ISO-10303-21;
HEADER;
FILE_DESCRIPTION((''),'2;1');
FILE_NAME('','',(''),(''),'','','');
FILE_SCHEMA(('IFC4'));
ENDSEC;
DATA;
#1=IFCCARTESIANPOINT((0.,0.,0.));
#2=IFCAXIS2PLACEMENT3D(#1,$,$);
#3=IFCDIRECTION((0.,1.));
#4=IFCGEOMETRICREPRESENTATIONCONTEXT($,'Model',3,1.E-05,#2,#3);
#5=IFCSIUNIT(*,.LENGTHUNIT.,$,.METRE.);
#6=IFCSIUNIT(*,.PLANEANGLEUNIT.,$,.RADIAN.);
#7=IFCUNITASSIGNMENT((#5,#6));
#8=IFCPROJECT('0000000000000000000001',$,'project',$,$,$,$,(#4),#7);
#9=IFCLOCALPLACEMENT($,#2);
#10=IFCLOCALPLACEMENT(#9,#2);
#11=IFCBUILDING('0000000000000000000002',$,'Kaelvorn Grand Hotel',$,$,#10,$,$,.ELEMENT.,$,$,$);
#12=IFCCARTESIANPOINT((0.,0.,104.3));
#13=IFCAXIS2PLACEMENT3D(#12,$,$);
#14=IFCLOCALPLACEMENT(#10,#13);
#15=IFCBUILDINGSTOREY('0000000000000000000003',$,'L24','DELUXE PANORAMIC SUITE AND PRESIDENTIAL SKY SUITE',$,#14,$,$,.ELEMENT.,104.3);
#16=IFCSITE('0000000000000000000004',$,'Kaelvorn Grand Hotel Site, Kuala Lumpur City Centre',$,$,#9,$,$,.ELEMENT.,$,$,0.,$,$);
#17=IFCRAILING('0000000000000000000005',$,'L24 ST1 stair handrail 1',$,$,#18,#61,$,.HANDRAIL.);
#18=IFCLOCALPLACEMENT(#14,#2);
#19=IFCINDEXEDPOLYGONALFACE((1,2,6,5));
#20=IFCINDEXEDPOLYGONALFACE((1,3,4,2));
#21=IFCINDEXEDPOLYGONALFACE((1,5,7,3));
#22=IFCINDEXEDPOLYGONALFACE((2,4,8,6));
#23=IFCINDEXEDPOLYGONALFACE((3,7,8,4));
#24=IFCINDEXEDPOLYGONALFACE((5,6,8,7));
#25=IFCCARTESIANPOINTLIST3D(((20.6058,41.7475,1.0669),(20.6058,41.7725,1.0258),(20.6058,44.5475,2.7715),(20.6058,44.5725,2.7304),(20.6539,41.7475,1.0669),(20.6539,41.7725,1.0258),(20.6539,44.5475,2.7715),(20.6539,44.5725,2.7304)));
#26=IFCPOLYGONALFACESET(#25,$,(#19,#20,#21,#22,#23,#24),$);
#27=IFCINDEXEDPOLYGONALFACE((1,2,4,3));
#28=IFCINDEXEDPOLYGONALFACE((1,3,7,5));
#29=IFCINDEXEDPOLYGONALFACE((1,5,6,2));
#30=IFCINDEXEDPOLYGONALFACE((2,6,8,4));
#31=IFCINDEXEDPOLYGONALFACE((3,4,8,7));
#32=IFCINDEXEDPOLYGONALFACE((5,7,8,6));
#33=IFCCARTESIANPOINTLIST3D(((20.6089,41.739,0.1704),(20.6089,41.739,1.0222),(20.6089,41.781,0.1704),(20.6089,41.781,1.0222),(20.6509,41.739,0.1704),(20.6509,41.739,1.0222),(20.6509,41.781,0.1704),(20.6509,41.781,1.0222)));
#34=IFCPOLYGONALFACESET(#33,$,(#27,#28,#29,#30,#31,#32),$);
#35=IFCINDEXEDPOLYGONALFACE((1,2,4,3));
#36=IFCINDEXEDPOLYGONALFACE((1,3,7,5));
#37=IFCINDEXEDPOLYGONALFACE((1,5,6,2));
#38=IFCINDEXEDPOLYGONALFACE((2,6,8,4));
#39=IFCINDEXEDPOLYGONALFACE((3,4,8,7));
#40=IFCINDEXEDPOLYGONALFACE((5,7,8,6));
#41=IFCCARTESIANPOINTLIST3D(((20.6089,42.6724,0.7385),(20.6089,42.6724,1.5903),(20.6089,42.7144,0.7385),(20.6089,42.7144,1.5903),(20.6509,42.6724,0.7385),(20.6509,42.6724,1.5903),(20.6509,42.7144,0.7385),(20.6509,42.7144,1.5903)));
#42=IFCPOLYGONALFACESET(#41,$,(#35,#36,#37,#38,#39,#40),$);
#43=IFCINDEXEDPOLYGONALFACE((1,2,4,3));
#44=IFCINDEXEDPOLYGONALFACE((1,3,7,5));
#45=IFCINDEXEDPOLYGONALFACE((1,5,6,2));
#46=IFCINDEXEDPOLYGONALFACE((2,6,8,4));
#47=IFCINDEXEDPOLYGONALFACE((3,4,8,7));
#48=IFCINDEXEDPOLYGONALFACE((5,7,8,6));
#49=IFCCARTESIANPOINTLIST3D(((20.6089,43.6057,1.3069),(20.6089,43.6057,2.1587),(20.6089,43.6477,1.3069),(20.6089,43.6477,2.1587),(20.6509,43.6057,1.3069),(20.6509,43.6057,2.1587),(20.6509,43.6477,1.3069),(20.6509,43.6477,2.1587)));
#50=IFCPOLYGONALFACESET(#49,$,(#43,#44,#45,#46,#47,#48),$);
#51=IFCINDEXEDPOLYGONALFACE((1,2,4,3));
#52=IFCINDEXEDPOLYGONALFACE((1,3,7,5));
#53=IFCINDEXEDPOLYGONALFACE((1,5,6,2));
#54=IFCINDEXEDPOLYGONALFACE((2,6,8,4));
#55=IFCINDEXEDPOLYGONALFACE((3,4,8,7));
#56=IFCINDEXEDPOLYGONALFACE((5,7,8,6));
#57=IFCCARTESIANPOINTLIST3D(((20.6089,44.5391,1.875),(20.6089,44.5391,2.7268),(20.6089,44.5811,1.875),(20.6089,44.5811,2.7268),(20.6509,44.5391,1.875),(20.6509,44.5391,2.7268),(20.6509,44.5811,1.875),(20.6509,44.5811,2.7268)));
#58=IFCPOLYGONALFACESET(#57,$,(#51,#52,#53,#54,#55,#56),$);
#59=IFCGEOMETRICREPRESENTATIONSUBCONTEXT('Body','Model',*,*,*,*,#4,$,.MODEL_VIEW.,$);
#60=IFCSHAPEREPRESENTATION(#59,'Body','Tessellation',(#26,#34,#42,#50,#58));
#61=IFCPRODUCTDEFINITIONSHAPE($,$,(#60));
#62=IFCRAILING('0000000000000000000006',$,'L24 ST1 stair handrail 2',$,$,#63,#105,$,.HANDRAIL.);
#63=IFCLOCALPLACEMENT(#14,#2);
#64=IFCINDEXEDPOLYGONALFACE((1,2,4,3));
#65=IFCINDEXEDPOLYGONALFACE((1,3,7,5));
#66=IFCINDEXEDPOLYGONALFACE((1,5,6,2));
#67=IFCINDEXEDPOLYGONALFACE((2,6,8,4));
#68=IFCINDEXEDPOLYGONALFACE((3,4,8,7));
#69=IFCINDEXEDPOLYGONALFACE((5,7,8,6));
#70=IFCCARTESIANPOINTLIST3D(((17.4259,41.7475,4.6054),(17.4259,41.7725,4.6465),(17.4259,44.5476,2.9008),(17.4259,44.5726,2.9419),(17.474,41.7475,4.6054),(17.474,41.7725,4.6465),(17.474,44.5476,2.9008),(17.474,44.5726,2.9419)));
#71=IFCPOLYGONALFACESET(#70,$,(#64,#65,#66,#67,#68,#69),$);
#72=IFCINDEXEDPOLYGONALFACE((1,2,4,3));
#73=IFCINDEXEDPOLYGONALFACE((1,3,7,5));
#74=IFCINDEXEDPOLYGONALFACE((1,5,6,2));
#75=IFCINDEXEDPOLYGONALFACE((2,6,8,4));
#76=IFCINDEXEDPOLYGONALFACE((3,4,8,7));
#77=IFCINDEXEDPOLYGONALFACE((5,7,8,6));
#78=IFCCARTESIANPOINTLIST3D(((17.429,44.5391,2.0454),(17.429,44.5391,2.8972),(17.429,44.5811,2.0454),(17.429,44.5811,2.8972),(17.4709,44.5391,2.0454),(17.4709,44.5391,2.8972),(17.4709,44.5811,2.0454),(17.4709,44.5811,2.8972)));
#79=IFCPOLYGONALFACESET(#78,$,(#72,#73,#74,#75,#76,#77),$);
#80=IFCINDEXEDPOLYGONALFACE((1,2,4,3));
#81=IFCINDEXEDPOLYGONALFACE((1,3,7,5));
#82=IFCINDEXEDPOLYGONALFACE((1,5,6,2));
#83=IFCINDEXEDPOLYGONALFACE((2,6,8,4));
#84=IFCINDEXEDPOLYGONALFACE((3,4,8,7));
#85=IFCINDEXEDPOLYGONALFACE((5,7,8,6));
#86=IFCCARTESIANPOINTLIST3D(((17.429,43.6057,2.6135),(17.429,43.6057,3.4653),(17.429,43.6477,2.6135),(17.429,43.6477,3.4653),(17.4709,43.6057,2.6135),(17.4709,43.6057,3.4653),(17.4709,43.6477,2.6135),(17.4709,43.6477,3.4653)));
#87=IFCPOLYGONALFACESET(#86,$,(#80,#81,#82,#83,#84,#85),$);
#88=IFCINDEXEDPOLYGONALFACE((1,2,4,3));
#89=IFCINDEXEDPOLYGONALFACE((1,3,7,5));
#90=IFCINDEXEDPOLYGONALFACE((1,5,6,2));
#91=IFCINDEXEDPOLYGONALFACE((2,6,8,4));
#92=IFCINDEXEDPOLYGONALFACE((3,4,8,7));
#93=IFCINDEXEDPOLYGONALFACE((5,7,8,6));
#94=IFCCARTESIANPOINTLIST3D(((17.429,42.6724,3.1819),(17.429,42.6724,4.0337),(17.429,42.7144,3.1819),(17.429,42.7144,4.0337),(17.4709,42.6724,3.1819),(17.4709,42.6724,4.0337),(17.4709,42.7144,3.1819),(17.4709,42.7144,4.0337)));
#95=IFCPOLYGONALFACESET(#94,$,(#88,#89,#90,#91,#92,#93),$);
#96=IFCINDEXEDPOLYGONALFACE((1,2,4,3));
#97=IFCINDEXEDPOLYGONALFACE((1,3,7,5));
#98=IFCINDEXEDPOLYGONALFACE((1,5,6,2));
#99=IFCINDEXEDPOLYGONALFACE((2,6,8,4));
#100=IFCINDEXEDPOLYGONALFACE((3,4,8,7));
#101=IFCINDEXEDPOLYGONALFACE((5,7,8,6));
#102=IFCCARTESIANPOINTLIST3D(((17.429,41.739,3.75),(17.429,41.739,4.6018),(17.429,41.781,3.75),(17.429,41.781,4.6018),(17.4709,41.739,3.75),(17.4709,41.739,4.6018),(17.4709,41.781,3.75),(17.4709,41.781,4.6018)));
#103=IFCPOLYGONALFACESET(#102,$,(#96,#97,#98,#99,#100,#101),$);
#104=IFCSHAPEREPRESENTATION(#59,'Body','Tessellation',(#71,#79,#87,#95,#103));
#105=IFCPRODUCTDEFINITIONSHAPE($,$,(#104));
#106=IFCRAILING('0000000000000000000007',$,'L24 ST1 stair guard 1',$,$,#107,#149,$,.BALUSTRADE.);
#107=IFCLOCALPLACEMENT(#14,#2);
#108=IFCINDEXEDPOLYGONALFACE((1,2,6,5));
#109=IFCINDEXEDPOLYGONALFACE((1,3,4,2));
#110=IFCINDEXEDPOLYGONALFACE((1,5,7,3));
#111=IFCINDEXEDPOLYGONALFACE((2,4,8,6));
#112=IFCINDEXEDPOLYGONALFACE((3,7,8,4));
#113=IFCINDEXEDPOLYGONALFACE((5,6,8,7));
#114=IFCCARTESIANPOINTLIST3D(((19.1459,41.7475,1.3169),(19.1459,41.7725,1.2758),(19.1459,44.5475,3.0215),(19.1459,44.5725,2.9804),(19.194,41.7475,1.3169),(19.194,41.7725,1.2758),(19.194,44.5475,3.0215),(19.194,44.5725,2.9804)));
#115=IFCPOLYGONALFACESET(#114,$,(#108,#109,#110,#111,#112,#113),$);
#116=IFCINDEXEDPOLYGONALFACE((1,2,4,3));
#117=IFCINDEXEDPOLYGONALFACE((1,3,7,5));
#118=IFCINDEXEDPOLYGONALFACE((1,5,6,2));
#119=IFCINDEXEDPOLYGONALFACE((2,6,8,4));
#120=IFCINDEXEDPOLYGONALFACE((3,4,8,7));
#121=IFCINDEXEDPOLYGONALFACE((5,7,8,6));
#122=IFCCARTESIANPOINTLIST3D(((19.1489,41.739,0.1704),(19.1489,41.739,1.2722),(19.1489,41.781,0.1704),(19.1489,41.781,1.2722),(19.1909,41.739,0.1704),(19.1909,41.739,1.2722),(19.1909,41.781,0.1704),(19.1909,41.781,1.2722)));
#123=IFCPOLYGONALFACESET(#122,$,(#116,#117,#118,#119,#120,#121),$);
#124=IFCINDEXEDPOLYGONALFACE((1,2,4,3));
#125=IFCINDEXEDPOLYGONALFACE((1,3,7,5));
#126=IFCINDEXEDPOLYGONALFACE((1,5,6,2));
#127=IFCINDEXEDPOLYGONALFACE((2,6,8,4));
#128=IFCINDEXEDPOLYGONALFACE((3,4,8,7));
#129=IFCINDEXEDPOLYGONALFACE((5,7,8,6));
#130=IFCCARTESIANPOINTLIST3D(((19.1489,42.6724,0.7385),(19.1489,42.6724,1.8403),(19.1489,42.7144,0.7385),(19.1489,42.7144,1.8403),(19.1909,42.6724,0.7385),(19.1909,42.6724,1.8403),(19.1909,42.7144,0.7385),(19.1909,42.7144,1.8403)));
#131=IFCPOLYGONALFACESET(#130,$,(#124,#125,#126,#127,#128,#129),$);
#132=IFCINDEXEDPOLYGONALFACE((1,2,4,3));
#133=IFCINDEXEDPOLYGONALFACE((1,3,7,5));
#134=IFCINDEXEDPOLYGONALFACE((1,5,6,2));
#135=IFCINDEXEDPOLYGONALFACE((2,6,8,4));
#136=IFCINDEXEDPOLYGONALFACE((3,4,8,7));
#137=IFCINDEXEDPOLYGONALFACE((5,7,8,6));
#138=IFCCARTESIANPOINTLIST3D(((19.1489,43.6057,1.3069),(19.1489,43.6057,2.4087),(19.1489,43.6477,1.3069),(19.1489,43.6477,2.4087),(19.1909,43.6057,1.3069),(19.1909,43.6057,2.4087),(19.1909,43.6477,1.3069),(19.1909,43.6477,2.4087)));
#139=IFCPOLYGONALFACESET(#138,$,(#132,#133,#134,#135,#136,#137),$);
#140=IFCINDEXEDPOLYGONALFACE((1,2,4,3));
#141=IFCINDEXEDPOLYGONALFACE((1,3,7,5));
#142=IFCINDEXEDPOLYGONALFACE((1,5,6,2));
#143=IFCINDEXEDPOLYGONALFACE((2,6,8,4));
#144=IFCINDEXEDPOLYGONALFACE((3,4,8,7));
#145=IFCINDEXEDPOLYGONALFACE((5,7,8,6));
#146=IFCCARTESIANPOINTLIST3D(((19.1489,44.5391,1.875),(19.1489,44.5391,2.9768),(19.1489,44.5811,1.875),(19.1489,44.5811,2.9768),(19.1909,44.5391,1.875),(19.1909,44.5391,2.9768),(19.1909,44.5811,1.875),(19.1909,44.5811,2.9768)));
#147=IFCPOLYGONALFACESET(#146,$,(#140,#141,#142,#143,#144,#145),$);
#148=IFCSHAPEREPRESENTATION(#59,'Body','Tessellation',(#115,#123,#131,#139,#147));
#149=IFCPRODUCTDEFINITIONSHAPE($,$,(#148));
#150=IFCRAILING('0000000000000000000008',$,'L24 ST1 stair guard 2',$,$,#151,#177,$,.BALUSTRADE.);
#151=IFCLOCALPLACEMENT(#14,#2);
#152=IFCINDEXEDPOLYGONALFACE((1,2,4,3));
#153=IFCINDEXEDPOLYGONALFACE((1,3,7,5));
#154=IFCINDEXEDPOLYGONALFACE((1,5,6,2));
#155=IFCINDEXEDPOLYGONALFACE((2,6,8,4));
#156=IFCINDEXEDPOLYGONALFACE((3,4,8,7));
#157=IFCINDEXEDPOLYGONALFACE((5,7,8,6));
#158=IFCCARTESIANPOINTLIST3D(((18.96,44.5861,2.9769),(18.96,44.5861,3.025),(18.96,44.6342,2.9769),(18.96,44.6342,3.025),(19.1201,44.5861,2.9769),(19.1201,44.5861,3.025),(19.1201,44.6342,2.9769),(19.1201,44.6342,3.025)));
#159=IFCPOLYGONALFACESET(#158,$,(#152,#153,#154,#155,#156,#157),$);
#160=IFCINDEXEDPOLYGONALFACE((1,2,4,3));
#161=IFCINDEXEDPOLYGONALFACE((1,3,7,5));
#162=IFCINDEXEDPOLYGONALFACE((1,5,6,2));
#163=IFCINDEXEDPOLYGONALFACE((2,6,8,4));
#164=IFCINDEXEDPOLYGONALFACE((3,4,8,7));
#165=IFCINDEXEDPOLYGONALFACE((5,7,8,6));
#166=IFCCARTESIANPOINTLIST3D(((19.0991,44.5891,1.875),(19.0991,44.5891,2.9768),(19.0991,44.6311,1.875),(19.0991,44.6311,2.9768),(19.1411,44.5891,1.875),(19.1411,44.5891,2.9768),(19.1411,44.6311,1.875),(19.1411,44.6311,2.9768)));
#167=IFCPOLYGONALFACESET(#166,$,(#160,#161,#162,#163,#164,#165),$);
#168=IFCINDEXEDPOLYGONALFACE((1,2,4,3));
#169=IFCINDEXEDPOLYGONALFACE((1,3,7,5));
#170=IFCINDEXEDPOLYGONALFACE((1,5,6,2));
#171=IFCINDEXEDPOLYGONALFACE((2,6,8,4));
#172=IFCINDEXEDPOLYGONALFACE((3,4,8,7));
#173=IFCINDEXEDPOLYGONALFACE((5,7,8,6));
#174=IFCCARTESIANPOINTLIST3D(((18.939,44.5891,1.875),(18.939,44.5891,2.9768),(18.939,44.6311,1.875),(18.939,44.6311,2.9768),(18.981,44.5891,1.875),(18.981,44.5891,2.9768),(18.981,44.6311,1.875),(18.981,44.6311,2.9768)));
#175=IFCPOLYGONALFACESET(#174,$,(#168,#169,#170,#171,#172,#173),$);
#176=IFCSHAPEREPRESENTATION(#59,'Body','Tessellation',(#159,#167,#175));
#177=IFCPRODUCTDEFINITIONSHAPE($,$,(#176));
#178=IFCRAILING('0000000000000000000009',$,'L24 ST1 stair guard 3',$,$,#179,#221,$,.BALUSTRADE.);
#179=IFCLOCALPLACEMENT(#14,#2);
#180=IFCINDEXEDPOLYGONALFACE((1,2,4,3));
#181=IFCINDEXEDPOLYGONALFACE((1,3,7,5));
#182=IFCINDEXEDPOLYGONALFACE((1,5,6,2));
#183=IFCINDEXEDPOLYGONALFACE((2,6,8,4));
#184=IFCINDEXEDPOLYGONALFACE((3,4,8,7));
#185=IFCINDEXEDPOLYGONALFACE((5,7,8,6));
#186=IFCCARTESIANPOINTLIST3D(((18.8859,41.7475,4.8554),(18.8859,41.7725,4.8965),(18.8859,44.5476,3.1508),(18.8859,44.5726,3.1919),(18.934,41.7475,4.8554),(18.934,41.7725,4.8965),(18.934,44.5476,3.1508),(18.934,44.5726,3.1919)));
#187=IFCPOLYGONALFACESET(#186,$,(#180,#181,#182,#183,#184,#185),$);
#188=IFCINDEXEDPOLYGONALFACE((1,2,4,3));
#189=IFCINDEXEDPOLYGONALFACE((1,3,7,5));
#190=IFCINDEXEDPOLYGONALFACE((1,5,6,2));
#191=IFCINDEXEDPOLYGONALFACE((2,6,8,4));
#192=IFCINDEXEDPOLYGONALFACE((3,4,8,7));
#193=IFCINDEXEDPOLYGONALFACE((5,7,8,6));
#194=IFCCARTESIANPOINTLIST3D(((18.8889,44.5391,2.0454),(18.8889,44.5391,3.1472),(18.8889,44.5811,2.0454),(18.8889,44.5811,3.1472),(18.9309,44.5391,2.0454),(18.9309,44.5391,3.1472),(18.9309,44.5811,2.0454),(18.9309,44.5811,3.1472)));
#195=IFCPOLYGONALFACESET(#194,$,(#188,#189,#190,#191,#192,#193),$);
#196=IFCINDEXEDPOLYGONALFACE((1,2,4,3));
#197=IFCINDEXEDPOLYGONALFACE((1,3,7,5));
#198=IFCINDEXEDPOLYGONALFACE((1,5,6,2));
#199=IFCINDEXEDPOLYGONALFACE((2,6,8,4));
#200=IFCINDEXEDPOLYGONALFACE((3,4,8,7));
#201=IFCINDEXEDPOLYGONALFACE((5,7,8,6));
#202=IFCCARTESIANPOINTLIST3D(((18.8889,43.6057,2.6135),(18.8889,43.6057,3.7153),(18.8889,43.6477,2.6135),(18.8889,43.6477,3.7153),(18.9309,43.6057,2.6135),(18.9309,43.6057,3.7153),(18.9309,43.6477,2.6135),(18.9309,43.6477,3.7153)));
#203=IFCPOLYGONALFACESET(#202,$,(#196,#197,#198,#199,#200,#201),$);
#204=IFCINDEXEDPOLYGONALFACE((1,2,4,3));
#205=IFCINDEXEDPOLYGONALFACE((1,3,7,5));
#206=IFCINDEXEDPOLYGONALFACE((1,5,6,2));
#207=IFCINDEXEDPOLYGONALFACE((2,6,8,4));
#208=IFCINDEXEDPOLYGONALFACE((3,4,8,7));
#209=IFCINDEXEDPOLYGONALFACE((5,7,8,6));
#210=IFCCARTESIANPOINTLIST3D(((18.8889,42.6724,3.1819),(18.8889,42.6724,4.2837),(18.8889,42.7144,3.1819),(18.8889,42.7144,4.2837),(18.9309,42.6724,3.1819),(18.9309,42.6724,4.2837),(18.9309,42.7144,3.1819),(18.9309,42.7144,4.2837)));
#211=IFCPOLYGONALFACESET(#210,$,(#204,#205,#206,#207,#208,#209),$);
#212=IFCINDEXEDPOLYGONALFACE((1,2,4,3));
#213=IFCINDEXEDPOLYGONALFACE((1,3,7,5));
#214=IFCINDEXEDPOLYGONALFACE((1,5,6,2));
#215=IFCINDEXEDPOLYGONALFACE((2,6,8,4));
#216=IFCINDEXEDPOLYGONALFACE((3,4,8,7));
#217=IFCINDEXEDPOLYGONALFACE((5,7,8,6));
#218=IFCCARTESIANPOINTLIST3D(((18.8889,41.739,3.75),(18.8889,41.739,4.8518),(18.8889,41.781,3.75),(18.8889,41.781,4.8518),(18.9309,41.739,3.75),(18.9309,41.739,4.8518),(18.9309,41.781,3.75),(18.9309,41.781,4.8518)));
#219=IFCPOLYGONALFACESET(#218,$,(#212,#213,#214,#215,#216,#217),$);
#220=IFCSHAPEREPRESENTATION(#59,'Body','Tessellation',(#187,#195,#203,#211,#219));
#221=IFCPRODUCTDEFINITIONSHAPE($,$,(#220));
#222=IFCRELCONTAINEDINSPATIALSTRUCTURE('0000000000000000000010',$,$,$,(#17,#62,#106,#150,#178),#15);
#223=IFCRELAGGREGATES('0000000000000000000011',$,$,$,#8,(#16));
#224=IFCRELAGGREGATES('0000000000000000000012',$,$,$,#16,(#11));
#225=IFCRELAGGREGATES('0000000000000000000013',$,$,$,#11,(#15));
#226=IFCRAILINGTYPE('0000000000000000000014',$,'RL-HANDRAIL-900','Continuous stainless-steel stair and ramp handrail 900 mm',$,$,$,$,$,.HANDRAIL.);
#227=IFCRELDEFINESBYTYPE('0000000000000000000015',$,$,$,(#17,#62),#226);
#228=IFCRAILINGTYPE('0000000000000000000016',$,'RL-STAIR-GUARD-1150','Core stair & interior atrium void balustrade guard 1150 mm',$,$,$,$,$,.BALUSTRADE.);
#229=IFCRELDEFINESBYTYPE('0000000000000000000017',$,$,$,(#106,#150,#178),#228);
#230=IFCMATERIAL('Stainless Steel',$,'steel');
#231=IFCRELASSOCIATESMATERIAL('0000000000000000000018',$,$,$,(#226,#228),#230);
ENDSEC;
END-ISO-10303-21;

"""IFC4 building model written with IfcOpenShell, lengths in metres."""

from ifc_helpers import new_model, si_unit, direction, frame, origin, origin_2d, place, context, subcontext, project, spatial, rectangle, extrude, material, type_object, element, save


model = new_model("IFC4")

# Units and contexts
model_context = context("Model", 3, precision=1e-05, world=origin(), true_north=direction((0.0, 1.0)))
body_context = subcontext(model_context, "Body", "Model", "MODEL_VIEW")
ifc_project = project(units=[si_unit("LENGTHUNIT", "METRE"), si_unit("PLANEANGLEUNIT", "RADIAN")], contexts=[model_context])

# Site, building, storey
site_placement = place(None, origin())
site = spatial("IfcSite", under=ifc_project, at=site_placement, Name="Kaelvorn Grand Hotel Site, Kuala Lumpur City Centre", CompositionType="ELEMENT", RefElevation=0.0)
building_placement = place(site_placement, origin())
building = spatial("IfcBuilding", under=site, at=building_placement, Name="Kaelvorn Grand Hotel", CompositionType="ELEMENT")
storey_placement = place(building_placement, frame((0.0, 0.0, 104.3)))
storey = spatial("IfcBuildingStorey", under=building, at=storey_placement, Name="L24", Description="DELUXE PANORAMIC SUITE AND PRESIDENTIAL SKY SUITE", CompositionType="ELEMENT", Elevation=104.3)

# Shared definitions
ifc_material_1 = material(Name="Stainless Steel", Category="steel")

# Railings
railing_type_1 = type_object("IfcRailingType", Name="RL-HANDRAIL-900", Description="Continuous stainless-steel stair and ramp handrail 900 mm", PredefinedType="HANDRAIL", material=ifc_material_1)
railing_1_placement = place(storey_placement, frame((20.6299, 41.76, 0.1704)))
element("IfcRailing", 1, at=railing_1_placement, inside=storey, type_object=railing_type_1, Name="L24 ST1 stair handrail 1", PredefinedType="HANDRAIL", context=body_context, shape_type="SweptSolid", body=[
    extrude(rectangle(XDim=0.0481, YDim=0.0481, at=origin_2d()), frame((0.0, 0.0, 0.876), z_axis=(0.0, 0.85417, 0.519994), x_axis=(-1.0, 0.0, 0.0)), (0.0, 0.0, 1.0), 3.2781),
    extrude(rectangle(XDim=0.042, YDim=0.042, at=origin_2d()), origin(), (0.0, 0.0, 1.0), 0.8518),
    extrude(rectangle(XDim=0.042, YDim=0.042, at=origin_2d()), frame((0.0, 0.9333, 0.5681)), (0.0, 0.0, 1.0), 0.8518),
    extrude(rectangle(XDim=0.042, YDim=0.042, at=origin_2d()), frame((0.0, 1.8667, 1.1365)), (0.0, 0.0, 1.0), 0.8518),
    extrude(rectangle(XDim=0.042, YDim=0.042, at=origin_2d()), frame((0.0, 2.8, 1.7046)), (0.0, 0.0, 1.0), 0.8518),
])
railing_2_placement = place(storey_placement, frame((17.45, 44.5601, 2.0454)))
element("IfcRailing", 2, at=railing_2_placement, inside=storey, type_object=railing_type_1, Name="L24 ST1 stair handrail 2", PredefinedType="HANDRAIL", context=body_context, shape_type="SweptSolid", body=[
    extrude(rectangle(XDim=0.0481, YDim=0.0481, at=origin_2d()), frame((0.0, 0.0, 0.876), z_axis=(0.0, -0.85417, 0.519994), x_axis=(1.0, 0.0, 0.0)), (0.0, 0.0, 1.0), 3.2781),
    extrude(rectangle(XDim=0.042, YDim=0.042, at=origin_2d()), origin(), (0.0, 0.0, 1.0), 0.8518),
    extrude(rectangle(XDim=0.042, YDim=0.042, at=origin_2d()), frame((0.0, -0.9333, 0.5681)), (0.0, 0.0, 1.0), 0.8518),
    extrude(rectangle(XDim=0.042, YDim=0.042, at=origin_2d()), frame((0.0, -1.8667, 1.1365)), (0.0, 0.0, 1.0), 0.8518),
    extrude(rectangle(XDim=0.042, YDim=0.042, at=origin_2d()), frame((0.0, -2.8, 1.7046)), (0.0, 0.0, 1.0), 0.8518),
])
railing_type_2 = type_object("IfcRailingType", Name="RL-STAIR-GUARD-1150", Description="Core stair & interior atrium void balustrade guard 1150 mm", PredefinedType="BALUSTRADE", material=ifc_material_1)
railing_3_placement = place(storey_placement, frame((19.1699, 41.76, 0.1704)))
element("IfcRailing", 3, at=railing_3_placement, inside=storey, type_object=railing_type_2, Name="L24 ST1 stair guard 1", PredefinedType="BALUSTRADE", context=body_context, shape_type="SweptSolid", body=[
    extrude(rectangle(XDim=0.0481, YDim=0.0481, at=origin_2d()), frame((0.0, 0.0, 1.126), z_axis=(0.0, 0.85417, 0.519994), x_axis=(-1.0, 0.0, 0.0)), (0.0, 0.0, 1.0), 3.2781),
    extrude(rectangle(XDim=0.042, YDim=0.042, at=origin_2d()), origin(), (0.0, 0.0, 1.0), 1.1018),
    extrude(rectangle(XDim=0.042, YDim=0.042, at=origin_2d()), frame((0.0, 0.9333, 0.5681)), (0.0, 0.0, 1.0), 1.1018),
    extrude(rectangle(XDim=0.042, YDim=0.042, at=origin_2d()), frame((0.0, 1.8667, 1.1365)), (0.0, 0.0, 1.0), 1.1018),
    extrude(rectangle(XDim=0.042, YDim=0.042, at=origin_2d()), frame((0.0, 2.8, 1.7046)), (0.0, 0.0, 1.0), 1.1018),
])
railing_4_placement = place(storey_placement, frame((19.1201, 44.6101, 1.875)))
element("IfcRailing", 4, at=railing_4_placement, inside=storey, type_object=railing_type_2, Name="L24 ST1 stair guard 2", PredefinedType="BALUSTRADE", context=body_context, shape_type="SweptSolid", body=[
    extrude(rectangle(XDim=0.0481, YDim=0.0481, at=origin_2d()), frame((0.0, 0.0, 1.126), z_axis=(-1.0, 0.0, 0.0), x_axis=(0.0, -1.0, 0.0)), (0.0, 0.0, 1.0), 0.1602),
    extrude(rectangle(XDim=0.042, YDim=0.042, at=origin_2d()), origin(), (0.0, 0.0, 1.0), 1.1018),
    extrude(rectangle(XDim=0.042, YDim=0.042, at=origin_2d()), frame((-0.1602, 0.0, 0.0)), (0.0, 0.0, 1.0), 1.1018),
])
railing_5_placement = place(storey_placement, frame((18.9099, 44.5601, 2.0454)))
element("IfcRailing", 5, at=railing_5_placement, inside=storey, type_object=railing_type_2, Name="L24 ST1 stair guard 3", PredefinedType="BALUSTRADE", context=body_context, shape_type="SweptSolid", body=[
    extrude(rectangle(XDim=0.0481, YDim=0.0481, at=origin_2d()), frame((0.0, 0.0, 1.126), z_axis=(0.0, -0.85417, 0.519994), x_axis=(1.0, 0.0, 0.0)), (0.0, 0.0, 1.0), 3.2781),
    extrude(rectangle(XDim=0.042, YDim=0.042, at=origin_2d()), origin(), (0.0, 0.0, 1.0), 1.1018),
    extrude(rectangle(XDim=0.042, YDim=0.042, at=origin_2d()), frame((0.0, -0.9333, 0.5681)), (0.0, 0.0, 1.0), 1.1018),
    extrude(rectangle(XDim=0.042, YDim=0.042, at=origin_2d()), frame((0.0, -1.8667, 1.1365)), (0.0, 0.0, 1.0), 1.1018),
    extrude(rectangle(XDim=0.042, YDim=0.042, at=origin_2d()), frame((0.0, -2.8, 1.7046)), (0.0, 0.0, 1.0), 1.1018),
])

save(model, "model.ifc")
